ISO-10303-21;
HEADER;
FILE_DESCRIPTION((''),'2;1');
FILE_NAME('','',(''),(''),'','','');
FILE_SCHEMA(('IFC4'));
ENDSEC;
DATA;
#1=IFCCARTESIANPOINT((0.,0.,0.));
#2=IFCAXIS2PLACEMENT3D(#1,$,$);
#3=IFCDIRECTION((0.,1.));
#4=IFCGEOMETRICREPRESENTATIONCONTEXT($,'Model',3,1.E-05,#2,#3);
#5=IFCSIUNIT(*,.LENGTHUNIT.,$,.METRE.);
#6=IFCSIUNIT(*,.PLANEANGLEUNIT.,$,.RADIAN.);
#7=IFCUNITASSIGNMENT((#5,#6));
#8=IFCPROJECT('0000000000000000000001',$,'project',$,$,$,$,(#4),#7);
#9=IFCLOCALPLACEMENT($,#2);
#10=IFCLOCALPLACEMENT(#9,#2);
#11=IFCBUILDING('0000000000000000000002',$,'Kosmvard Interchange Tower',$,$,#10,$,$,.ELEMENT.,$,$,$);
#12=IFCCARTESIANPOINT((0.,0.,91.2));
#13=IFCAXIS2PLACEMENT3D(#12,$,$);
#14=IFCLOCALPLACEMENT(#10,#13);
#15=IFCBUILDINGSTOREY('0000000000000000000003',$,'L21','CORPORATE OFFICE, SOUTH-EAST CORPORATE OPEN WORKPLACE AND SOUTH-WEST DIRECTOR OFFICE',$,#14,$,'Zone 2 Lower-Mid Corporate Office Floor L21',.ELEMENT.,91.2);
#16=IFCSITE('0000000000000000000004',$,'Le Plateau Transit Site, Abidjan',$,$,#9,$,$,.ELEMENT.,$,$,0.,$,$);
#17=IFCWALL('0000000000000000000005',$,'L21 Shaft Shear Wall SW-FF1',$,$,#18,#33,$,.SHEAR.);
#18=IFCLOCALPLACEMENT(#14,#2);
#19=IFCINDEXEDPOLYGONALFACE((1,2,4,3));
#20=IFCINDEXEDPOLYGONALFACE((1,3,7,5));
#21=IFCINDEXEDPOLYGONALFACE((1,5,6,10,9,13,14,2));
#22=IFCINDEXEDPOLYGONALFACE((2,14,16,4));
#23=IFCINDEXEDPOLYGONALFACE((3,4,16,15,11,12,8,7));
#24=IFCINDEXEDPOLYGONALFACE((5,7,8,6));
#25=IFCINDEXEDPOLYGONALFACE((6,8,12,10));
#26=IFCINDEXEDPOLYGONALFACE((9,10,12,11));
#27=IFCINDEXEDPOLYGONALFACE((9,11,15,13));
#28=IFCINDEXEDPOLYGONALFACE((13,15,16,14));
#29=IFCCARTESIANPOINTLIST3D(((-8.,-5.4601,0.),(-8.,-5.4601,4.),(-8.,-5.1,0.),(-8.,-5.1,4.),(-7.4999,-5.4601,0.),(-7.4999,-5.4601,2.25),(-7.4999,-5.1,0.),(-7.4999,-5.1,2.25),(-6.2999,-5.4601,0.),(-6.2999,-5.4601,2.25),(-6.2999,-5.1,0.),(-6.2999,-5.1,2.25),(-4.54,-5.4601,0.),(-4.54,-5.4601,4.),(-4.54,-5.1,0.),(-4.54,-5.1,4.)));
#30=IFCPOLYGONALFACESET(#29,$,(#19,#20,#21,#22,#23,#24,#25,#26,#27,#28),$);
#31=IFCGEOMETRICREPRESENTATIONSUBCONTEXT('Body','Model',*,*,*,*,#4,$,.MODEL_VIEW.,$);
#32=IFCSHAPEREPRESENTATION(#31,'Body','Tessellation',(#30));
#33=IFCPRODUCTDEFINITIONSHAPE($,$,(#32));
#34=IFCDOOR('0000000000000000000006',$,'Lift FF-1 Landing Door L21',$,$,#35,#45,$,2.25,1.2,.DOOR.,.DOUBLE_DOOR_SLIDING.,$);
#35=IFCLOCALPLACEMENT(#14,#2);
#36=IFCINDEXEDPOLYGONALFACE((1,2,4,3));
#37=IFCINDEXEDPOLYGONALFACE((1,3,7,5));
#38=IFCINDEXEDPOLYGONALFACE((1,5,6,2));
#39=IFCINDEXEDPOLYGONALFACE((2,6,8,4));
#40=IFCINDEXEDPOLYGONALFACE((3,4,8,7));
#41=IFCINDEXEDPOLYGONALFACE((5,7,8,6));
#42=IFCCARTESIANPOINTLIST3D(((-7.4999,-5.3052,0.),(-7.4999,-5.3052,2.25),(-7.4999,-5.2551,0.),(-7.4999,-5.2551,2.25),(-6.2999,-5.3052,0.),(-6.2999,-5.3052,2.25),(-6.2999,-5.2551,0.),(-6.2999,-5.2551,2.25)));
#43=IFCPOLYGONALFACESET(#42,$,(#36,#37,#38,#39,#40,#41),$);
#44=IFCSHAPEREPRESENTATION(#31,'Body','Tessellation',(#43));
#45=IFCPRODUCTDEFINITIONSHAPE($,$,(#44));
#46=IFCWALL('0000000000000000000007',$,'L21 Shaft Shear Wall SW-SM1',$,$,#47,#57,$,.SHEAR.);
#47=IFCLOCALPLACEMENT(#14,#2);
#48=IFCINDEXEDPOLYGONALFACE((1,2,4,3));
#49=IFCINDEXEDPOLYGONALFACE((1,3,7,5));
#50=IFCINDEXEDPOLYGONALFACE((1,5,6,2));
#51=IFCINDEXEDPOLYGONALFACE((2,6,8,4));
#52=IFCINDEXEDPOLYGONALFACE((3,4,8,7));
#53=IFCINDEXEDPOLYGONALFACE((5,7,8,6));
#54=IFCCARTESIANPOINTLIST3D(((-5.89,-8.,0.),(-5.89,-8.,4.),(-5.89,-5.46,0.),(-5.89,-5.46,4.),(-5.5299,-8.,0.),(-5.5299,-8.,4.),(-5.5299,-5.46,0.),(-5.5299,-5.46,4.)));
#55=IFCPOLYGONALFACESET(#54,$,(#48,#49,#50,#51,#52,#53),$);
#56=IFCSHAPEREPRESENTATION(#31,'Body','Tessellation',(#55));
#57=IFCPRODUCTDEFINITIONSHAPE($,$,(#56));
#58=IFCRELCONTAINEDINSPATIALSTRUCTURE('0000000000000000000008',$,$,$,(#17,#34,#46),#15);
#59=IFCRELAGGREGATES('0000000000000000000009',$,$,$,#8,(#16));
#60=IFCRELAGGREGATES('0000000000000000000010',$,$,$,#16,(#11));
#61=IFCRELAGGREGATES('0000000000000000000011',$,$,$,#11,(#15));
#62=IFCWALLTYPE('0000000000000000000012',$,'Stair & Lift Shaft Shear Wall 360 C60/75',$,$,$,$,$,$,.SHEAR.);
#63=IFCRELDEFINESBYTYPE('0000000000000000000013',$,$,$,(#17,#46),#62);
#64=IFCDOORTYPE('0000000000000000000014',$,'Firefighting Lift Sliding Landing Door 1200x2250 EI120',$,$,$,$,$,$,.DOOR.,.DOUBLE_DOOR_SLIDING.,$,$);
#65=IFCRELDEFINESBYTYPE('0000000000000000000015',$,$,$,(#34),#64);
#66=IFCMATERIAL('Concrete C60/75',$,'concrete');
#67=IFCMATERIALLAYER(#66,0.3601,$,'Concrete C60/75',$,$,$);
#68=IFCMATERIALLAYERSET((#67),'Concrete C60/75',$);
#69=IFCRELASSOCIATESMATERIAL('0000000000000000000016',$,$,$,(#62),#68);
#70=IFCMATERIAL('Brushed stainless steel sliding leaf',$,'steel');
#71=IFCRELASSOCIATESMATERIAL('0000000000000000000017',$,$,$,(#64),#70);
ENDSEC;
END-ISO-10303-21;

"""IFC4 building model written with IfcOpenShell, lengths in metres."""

from ifc_helpers import new_model, si_unit, direction, frame, frame_2d, origin, place, context, subcontext, project, spatial, rectangle, extrude, source, transform, mapped, material, layer, layer_set, type_object, element, fill, save


model = new_model("IFC4")

# Units and contexts
model_context = context("Model", 3, precision=1e-05, world=origin(), true_north=direction((0.0, 1.0)))
body_context = subcontext(model_context, "Body", "Model", "MODEL_VIEW")
ifc_project = project(units=[si_unit("LENGTHUNIT", "METRE"), si_unit("PLANEANGLEUNIT", "RADIAN")], contexts=[model_context])

# Site, building, storey
site_placement = place(None, origin())
site = spatial("IfcSite", under=ifc_project, at=site_placement, Name="Le Plateau Transit Site, Abidjan", CompositionType="ELEMENT", RefElevation=0.0)
building_placement = place(site_placement, origin())
building = spatial("IfcBuilding", under=site, at=building_placement, Name="Kosmvard Interchange Tower", CompositionType="ELEMENT")
storey_placement = place(building_placement, frame((0.0, 0.0, 91.2)))
storey = spatial("IfcBuildingStorey", under=building, at=storey_placement, Name="L21", Description="CORPORATE OFFICE, SOUTH-EAST CORPORATE OPEN WORKPLACE AND SOUTH-WEST DIRECTOR OFFICE", LongName="Zone 2 Lower-Mid Corporate Office Floor L21", CompositionType="ELEMENT", Elevation=91.2)

# Shared definitions
ifc_material_1 = material(Name="Brushed stainless steel sliding leaf", Category="steel")

# Shared definitions
ifc_material_2 = material(Name="Concrete C60/75", Category="concrete")
ifc_layer_1 = layer(ifc_material_2, 0.3601, Name="Concrete C60/75")
ifc_layer_set_1 = layer_set([ifc_layer_1], Name="Concrete C60/75")
wall_type_1 = type_object("IfcWallType", Name="Stair & Lift Shaft Shear Wall 360 C60/75", PredefinedType="SHEAR", material=ifc_layer_set_1)

# Wall, opening, door
wall_1_placement = place(storey_placement, frame((-8.0, -5.28, 0.0), z_axis=(0.0, 0.0, 1.0), x_axis=(1.0, 0.0, 0.0)))
wall_1 = element("IfcWall", 1, at=wall_1_placement, inside=storey, type_object=wall_type_1, Name="L21 Shaft Shear Wall SW-FF1", PredefinedType="SHEAR", context=body_context, shape_type="SweptSolid", body=[
    extrude(rectangle(XDim=3.46, YDim=0.3601, at=frame_2d((1.73, 0.0))), origin(), (0.0, 0.0, 1.0), 4.0),
])
opening_1_placement = place(wall_1_placement, frame((0.5, 0.0, 0.0)))
opening_1 = element("IfcOpeningElement", 2, at=opening_1_placement, cuts=wall_1, PredefinedType="OPENING", context=body_context, shape_type="SweptSolid", body=[
    extrude(rectangle(XDim=1.2, YDim=2.25, at=frame_2d((0.6001, 1.125))), frame((0.0, 0.1899, 0.0), z_axis=(0.0, -1.0, 0.0), x_axis=(1.0, 0.0, 0.0)), (0.0, 0.0, 1.0), 0.3801),
])
door_type_1 = type_object("IfcDoorType", Name="Firefighting Lift Sliding Landing Door 1200x2250 EI120", OperationType="DOUBLE_DOOR_SLIDING", PredefinedType="DOOR", material=ifc_material_1)
shared_shape_1 = source(origin(), body_context, "Body", "SweptSolid", [
    extrude(rectangle(XDim=1.2, YDim=2.25, at=frame_2d((0.6001, 1.125))), frame((0.0, 0.0249, 0.0), z_axis=(0.0, -1.0, 0.0), x_axis=(1.0, 0.0, 0.0)), (0.0, 0.0, 1.0), 0.05),
])
door_1_placement = place(opening_1_placement, origin())
door_1 = element("IfcDoor", 3, at=door_1_placement, inside=storey, type_object=door_type_1, Name="Lift FF-1 Landing Door L21", OperationType="DOUBLE_DOOR_SLIDING", OverallHeight=2.25, OverallWidth=1.2, PredefinedType="DOOR", context=body_context, shape_type="MappedRepresentation", body=[
    mapped(shared_shape_1, transform((0.0, 0.0, 0.0), scale=1.0)),
])
fill(opening_1, door_1)

# Wall
wall_2_placement = place(storey_placement, frame((-5.71, -8.0, 0.0), z_axis=(0.0, 0.0, 1.0), x_axis=(0.0, 1.0, 0.0)))
element("IfcWall", 4, at=wall_2_placement, inside=storey, type_object=wall_type_1, Name="L21 Shaft Shear Wall SW-SM1", PredefinedType="SHEAR", context=body_context, shape_type="SweptSolid", body=[
    extrude(rectangle(XDim=2.54, YDim=0.3601, at=frame_2d((1.27, 0.0))), origin(), (0.0, 0.0, 1.0), 4.0),
])

save(model, "model.ifc")
